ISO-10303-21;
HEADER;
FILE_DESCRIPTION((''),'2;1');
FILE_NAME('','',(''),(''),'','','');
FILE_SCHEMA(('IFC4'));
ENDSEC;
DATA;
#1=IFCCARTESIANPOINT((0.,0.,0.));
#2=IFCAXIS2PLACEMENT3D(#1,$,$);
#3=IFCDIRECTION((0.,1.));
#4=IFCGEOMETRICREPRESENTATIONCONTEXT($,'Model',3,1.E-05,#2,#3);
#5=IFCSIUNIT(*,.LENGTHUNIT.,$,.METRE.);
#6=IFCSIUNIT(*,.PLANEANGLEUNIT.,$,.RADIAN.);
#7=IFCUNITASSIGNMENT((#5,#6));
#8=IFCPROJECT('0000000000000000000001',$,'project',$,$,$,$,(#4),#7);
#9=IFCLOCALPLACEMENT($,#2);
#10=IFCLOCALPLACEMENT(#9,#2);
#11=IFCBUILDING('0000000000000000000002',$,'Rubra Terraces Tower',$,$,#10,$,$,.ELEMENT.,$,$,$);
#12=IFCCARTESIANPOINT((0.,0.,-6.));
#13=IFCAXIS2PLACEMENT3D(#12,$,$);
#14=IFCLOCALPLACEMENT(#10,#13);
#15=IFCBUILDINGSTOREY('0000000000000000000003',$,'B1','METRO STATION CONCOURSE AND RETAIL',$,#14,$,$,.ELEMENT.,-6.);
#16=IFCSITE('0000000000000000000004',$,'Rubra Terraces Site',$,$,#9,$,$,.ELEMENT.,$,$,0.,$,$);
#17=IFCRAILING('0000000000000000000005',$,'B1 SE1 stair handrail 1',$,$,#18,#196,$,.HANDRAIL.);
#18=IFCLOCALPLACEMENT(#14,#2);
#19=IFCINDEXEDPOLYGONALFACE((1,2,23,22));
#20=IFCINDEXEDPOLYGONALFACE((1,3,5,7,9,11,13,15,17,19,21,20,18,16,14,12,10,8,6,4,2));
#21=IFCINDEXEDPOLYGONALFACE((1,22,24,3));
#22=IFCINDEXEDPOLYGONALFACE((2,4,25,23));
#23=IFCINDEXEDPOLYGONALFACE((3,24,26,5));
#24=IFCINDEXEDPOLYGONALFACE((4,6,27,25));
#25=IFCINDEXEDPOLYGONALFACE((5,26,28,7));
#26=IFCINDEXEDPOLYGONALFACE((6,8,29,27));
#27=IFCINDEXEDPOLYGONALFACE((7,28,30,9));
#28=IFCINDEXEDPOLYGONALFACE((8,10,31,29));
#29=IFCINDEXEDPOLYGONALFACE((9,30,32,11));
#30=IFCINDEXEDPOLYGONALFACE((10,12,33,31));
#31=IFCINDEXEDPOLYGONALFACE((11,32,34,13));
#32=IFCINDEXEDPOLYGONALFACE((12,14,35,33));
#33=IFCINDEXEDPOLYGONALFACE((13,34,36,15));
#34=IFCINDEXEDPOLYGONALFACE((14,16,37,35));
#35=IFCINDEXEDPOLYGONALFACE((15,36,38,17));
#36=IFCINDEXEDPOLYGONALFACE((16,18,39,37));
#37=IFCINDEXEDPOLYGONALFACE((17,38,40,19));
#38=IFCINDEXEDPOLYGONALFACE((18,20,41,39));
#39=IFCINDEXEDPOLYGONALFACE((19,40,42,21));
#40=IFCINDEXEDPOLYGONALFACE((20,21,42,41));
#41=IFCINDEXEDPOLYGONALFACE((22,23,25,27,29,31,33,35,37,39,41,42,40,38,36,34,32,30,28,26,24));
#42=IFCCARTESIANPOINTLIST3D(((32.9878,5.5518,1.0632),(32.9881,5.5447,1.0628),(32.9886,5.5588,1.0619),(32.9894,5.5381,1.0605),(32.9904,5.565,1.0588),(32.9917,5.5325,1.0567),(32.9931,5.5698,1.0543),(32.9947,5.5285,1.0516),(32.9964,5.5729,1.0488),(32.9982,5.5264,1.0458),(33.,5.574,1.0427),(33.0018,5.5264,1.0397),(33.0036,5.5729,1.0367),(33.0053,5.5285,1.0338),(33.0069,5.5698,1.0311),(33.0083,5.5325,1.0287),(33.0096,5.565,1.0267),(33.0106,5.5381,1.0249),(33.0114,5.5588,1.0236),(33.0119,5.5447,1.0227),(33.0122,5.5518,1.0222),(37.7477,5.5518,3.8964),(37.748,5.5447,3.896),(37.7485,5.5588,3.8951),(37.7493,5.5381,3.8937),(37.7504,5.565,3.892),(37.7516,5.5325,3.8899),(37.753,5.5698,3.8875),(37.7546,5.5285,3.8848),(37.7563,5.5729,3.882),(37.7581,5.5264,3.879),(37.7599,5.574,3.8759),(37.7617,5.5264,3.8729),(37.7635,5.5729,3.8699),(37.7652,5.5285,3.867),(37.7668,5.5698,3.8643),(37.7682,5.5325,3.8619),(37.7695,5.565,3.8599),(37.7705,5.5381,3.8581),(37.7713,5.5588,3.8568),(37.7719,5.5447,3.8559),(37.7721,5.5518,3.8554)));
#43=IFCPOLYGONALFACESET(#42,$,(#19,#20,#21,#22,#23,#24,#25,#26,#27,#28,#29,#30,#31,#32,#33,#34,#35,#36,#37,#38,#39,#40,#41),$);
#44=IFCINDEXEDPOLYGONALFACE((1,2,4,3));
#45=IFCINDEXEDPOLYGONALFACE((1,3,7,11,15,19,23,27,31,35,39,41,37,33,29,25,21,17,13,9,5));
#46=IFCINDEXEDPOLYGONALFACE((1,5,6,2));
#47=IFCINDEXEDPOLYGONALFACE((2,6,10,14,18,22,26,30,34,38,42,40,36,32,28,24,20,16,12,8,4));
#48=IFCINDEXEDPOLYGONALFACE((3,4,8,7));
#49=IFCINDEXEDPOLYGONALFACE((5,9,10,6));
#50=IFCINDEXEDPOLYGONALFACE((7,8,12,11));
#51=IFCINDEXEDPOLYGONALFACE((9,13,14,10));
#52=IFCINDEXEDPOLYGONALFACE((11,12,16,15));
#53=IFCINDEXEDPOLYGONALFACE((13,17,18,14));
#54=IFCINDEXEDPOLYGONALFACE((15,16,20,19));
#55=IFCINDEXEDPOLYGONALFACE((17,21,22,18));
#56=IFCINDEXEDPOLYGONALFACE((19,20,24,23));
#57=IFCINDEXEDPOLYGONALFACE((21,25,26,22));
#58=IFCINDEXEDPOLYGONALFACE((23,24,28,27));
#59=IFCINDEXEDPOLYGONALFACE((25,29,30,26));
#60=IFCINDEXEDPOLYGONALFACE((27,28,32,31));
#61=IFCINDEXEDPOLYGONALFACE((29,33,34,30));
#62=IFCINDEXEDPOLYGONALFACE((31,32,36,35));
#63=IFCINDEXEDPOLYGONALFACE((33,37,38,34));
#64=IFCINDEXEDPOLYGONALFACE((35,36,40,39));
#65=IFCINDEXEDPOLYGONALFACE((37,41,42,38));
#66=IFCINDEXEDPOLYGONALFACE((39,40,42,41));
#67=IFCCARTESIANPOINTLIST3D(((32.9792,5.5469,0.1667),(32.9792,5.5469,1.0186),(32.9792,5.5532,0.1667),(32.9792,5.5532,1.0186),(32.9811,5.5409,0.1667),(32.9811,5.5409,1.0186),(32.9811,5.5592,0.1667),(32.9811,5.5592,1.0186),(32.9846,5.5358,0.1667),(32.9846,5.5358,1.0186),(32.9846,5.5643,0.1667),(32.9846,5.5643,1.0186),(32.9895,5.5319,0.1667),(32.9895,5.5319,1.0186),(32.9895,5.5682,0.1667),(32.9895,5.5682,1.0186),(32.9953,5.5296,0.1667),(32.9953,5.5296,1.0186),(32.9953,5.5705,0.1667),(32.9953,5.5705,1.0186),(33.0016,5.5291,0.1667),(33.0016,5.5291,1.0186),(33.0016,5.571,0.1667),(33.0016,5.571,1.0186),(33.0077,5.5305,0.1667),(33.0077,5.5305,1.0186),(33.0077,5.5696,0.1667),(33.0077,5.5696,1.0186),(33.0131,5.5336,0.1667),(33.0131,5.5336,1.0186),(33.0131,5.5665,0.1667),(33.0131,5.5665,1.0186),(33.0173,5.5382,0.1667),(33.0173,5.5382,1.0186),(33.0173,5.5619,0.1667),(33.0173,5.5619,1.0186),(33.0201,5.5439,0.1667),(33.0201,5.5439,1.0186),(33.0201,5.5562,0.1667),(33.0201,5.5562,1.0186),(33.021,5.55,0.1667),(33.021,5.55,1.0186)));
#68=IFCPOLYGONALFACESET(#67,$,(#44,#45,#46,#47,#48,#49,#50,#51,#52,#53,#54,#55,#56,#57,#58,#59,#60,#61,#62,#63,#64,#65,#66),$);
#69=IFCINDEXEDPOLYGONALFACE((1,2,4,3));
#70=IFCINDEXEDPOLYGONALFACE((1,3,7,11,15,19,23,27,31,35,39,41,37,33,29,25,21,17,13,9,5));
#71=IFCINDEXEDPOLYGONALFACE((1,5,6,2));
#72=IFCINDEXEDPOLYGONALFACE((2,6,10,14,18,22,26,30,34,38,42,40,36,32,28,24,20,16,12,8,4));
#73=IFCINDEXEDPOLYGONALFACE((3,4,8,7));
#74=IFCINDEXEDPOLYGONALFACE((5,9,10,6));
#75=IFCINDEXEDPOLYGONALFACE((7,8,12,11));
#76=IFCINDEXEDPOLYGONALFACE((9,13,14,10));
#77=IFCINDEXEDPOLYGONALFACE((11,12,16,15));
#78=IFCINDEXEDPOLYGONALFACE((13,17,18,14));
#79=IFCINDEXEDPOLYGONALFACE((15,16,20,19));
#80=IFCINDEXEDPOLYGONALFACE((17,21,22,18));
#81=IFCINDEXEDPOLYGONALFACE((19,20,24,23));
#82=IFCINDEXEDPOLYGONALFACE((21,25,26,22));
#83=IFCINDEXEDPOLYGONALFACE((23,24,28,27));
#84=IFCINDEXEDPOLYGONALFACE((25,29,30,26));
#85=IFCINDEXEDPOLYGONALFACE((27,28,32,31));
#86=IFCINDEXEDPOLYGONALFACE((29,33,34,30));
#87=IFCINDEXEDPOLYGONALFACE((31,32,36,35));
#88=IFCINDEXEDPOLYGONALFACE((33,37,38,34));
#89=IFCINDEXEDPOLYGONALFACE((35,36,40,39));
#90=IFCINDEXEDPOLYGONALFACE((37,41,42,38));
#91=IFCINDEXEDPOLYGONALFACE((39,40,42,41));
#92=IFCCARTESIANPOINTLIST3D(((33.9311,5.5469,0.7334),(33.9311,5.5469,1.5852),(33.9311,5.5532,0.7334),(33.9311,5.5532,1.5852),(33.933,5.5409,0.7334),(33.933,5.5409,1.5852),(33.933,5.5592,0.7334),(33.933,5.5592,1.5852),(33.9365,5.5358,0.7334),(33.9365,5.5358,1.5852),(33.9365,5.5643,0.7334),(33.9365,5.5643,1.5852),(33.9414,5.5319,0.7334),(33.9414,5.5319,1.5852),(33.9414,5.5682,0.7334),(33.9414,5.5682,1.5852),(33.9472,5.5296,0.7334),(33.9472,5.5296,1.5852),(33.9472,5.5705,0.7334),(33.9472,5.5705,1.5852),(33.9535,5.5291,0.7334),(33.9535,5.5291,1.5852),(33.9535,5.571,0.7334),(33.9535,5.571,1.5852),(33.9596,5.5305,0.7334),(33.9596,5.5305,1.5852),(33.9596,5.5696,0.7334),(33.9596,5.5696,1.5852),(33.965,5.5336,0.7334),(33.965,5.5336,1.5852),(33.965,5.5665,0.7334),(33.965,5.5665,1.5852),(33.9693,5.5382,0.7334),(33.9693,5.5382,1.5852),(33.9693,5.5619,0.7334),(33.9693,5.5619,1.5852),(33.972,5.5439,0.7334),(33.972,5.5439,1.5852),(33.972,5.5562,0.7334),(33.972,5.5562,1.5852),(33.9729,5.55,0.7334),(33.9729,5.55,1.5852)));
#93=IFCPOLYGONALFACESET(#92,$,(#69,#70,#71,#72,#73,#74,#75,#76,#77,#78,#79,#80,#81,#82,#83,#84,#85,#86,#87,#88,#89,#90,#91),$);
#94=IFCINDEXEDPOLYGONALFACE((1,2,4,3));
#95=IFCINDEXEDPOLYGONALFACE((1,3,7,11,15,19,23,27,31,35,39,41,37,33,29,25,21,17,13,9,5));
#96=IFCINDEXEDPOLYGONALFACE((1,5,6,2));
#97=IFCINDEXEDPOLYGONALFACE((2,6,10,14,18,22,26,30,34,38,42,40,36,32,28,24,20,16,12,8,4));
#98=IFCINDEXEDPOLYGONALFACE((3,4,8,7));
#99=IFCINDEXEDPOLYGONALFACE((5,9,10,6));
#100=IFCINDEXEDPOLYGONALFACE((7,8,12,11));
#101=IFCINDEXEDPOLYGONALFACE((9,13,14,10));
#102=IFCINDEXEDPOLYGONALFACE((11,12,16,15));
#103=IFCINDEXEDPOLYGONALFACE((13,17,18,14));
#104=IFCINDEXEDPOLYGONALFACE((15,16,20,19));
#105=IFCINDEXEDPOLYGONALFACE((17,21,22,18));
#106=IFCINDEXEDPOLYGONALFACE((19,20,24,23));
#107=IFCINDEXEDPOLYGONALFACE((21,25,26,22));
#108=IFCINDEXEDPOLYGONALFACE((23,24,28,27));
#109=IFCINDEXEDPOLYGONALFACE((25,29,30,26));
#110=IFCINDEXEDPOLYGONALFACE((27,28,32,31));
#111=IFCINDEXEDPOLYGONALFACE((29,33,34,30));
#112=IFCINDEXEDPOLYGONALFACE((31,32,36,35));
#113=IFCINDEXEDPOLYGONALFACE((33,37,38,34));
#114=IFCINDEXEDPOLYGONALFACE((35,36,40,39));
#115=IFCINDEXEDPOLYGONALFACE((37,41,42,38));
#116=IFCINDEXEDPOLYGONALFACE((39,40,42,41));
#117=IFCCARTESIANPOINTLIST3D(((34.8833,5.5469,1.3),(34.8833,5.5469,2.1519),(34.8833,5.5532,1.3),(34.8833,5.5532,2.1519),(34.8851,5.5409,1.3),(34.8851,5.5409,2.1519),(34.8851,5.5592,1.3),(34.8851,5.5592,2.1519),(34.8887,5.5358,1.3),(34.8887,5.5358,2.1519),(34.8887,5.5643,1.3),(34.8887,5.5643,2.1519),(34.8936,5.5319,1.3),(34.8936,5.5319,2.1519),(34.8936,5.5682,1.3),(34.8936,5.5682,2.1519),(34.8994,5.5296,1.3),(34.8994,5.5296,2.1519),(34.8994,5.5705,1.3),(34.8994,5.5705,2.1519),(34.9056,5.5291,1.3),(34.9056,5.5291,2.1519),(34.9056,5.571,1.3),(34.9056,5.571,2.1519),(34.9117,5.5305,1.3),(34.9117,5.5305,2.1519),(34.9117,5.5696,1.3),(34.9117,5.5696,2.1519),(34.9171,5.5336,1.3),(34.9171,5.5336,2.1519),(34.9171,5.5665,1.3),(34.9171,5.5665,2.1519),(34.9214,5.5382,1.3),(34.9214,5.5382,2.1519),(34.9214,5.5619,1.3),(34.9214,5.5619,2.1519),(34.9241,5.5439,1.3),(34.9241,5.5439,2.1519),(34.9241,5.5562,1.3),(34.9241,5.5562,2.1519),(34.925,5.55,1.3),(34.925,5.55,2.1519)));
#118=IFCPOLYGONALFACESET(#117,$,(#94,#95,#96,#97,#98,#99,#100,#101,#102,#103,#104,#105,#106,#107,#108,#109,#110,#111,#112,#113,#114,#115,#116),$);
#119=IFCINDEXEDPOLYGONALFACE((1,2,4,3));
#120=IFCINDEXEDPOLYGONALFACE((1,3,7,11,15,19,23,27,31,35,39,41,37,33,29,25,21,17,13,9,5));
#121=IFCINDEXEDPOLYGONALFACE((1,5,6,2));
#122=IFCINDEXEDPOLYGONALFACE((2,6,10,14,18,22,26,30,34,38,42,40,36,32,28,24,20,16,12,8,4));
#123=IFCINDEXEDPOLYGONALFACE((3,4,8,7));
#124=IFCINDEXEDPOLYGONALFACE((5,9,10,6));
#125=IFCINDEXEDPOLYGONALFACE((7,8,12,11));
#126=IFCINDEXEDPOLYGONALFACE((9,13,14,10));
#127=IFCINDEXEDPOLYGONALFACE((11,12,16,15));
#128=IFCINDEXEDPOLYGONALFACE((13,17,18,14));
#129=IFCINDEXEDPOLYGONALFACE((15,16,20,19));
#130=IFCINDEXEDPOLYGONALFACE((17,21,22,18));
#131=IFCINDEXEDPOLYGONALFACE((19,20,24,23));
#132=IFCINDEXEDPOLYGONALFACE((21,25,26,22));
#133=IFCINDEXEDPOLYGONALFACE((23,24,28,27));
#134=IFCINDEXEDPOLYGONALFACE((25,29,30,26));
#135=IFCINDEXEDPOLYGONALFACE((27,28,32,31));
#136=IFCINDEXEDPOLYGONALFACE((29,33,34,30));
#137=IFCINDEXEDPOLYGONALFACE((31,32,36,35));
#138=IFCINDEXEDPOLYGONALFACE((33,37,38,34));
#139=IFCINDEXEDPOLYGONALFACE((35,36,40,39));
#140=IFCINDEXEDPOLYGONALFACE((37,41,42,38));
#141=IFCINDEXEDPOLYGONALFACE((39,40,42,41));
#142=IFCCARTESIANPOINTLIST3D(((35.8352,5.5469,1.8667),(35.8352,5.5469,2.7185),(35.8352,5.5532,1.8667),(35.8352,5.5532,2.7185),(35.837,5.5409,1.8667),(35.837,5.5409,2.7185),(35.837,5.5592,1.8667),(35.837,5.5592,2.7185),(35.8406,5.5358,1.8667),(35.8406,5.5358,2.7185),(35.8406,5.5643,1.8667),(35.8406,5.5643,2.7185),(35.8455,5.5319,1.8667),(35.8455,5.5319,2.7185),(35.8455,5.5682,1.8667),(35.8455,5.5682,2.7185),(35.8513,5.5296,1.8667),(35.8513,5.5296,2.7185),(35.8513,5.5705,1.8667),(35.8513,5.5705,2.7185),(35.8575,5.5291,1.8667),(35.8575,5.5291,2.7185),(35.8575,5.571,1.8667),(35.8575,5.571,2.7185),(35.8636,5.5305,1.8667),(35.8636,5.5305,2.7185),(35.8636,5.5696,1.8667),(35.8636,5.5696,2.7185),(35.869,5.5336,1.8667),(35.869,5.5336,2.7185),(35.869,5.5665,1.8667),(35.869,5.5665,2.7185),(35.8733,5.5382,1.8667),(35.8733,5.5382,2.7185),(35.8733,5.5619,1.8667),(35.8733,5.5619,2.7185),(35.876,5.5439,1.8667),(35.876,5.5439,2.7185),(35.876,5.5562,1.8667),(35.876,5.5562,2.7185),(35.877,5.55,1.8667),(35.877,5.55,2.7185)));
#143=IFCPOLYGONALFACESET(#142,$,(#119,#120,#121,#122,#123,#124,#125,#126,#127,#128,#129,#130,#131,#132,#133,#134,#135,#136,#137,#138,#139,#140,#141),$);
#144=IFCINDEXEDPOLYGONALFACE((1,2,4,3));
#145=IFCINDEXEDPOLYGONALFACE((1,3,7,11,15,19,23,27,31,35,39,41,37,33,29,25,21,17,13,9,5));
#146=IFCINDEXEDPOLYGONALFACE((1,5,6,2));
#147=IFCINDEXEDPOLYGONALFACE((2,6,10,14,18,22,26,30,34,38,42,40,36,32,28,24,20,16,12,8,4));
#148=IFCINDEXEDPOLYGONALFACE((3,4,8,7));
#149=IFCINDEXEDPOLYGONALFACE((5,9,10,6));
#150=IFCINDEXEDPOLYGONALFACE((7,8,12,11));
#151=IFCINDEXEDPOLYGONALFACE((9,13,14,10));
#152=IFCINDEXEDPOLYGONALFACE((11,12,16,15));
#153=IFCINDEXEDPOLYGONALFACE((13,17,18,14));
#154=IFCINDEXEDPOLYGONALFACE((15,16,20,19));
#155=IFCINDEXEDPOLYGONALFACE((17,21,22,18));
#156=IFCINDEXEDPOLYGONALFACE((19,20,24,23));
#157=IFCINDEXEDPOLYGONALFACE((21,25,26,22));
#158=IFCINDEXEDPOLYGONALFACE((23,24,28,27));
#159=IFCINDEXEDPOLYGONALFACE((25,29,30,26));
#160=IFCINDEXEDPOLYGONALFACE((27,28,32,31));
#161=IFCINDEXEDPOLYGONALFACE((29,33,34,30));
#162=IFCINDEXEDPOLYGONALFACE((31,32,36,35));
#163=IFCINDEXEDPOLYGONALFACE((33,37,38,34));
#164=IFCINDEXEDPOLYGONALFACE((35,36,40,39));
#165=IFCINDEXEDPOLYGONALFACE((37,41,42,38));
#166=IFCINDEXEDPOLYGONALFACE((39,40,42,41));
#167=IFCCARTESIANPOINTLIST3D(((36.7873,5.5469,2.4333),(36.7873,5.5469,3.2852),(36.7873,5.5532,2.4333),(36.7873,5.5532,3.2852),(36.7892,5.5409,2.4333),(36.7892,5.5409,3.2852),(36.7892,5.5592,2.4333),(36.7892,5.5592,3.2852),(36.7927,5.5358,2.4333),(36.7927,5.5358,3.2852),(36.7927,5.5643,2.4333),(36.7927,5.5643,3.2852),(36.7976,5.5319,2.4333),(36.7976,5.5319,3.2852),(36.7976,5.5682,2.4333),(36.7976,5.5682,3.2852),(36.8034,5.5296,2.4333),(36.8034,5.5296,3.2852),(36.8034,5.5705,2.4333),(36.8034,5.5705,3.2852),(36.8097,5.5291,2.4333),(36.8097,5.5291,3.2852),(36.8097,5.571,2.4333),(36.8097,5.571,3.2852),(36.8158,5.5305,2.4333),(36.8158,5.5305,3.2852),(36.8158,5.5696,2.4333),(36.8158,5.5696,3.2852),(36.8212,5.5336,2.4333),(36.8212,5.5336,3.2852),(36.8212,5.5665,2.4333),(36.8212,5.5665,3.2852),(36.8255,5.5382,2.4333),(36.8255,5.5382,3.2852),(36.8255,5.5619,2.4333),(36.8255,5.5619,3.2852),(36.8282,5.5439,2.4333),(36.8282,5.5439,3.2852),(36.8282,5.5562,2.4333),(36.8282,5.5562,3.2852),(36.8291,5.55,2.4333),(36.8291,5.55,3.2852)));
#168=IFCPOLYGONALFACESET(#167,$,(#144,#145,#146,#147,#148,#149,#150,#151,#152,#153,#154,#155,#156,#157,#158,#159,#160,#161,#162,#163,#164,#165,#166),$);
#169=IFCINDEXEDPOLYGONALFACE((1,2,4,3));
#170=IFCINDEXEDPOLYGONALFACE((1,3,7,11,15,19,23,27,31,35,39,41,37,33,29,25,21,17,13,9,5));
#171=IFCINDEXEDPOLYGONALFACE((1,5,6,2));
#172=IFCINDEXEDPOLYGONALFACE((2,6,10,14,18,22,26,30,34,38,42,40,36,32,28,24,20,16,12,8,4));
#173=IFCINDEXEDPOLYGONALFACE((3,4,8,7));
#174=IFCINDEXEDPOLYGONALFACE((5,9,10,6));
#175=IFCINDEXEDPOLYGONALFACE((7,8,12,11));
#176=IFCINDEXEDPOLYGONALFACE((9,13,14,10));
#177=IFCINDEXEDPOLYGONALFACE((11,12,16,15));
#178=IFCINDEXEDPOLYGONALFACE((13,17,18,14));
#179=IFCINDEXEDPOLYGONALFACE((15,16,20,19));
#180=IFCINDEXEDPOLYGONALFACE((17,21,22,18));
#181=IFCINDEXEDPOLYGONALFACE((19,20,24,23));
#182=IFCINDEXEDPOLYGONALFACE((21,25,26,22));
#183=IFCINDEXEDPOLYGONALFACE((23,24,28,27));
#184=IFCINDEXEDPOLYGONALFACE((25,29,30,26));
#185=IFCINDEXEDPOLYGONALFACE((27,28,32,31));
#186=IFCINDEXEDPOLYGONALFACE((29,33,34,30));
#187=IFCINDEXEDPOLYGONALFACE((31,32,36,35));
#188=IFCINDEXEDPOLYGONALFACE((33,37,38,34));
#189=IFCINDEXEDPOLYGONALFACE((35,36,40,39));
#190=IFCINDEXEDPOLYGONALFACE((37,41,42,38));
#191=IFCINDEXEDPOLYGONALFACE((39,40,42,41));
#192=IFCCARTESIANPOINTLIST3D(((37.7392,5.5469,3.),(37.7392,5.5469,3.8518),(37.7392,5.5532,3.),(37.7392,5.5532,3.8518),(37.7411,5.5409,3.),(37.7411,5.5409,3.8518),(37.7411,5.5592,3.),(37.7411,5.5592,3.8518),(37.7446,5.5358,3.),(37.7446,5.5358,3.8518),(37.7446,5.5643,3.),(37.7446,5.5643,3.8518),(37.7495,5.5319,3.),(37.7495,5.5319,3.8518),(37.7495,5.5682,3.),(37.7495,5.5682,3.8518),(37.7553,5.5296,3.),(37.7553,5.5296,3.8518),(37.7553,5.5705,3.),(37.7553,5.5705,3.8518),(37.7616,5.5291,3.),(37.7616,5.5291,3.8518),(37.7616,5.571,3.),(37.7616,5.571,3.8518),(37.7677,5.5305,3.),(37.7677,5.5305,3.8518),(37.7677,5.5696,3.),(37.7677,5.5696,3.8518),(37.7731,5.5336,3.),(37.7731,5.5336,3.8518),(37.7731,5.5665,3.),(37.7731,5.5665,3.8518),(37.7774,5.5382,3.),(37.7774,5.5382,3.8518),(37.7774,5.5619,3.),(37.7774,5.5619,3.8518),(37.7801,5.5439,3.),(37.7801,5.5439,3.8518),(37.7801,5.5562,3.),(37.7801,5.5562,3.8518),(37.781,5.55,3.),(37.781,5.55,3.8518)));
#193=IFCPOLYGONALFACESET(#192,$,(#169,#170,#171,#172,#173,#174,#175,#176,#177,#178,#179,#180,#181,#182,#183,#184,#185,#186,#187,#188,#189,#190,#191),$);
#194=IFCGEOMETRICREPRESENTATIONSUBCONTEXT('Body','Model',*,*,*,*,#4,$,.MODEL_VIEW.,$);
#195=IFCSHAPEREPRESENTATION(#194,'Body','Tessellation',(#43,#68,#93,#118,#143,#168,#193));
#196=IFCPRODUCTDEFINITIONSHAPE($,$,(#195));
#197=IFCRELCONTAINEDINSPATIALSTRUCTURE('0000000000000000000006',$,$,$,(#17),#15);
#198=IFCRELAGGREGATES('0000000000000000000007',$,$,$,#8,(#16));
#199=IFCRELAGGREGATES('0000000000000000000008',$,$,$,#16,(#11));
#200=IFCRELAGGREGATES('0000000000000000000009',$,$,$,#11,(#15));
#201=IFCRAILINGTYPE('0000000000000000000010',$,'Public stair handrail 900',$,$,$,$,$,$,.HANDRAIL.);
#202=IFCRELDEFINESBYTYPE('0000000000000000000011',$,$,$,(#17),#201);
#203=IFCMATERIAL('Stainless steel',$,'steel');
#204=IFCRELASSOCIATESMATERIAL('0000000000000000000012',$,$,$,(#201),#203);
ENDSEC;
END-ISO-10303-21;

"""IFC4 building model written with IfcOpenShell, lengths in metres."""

from ifc_helpers import new_model, si_unit, direction, frame, origin, origin_2d, place, context, subcontext, project, spatial, circle, extrude, material, type_object, element, save


model = new_model("IFC4")

# Units and contexts
model_context = context("Model", 3, precision=1e-05, world=origin(), true_north=direction((0.0, 1.0)))
body_context = subcontext(model_context, "Body", "Model", "MODEL_VIEW")
ifc_project = project(units=[si_unit("LENGTHUNIT", "METRE"), si_unit("PLANEANGLEUNIT", "RADIAN")], contexts=[model_context])

# Site, building, storey
site_placement = place(None, origin())
site = spatial("IfcSite", under=ifc_project, at=site_placement, Name="Rubra Terraces Site", CompositionType="ELEMENT", RefElevation=0.0)
building_placement = place(site_placement, origin())
building = spatial("IfcBuilding", under=site, at=building_placement, Name="Rubra Terraces Tower", CompositionType="ELEMENT")
storey_placement = place(building_placement, frame((0.0, 0.0, -6.0)))
storey = spatial("IfcBuildingStorey", under=building, at=storey_placement, Name="B1", Description="METRO STATION CONCOURSE AND RETAIL", CompositionType="ELEMENT", Elevation=-6.0)

# Railing
ifc_material_1 = material(Name="Stainless steel", Category="steel")
railing_type_1 = type_object("IfcRailingType", Name="Public stair handrail 900", PredefinedType="HANDRAIL", material=ifc_material_1)
railing_1_placement = place(storey_placement, frame((33.0, 5.55, 0.1667)))
element("IfcRailing", 1, at=railing_1_placement, inside=storey, type_object=railing_type_1, Name="B1 SE1 stair handrail 1", PredefinedType="HANDRAIL", context=body_context, shape_type="SweptSolid", body=[
    extrude(circle(Radius=0.0239, at=origin_2d()), frame((0.0, 0.0, 0.876), z_axis=(0.8593, 0.0, 0.511472), x_axis=(0.0, 1.0, 0.0)), (0.0, 0.0, 1.0), 5.5393),
    extrude(circle(Radius=0.021, at=origin_2d()), origin(), (0.0, 0.0, 1.0), 0.8518),
    extrude(circle(Radius=0.021, at=origin_2d()), frame((0.9519, 0.0, 0.5667)), (0.0, 0.0, 1.0), 0.8518),
    extrude(circle(Radius=0.021, at=origin_2d()), frame((1.9041, 0.0, 1.1333)), (0.0, 0.0, 1.0), 0.8518),
    extrude(circle(Radius=0.021, at=origin_2d()), frame((2.856, 0.0, 1.7)), (0.0, 0.0, 1.0), 0.8518),
    extrude(circle(Radius=0.021, at=origin_2d()), frame((3.8081, 0.0, 2.2666)), (0.0, 0.0, 1.0), 0.8518),
    extrude(circle(Radius=0.021, at=origin_2d()), frame((4.76, 0.0, 2.8333)), (0.0, 0.0, 1.0), 0.8518),
])

save(model, "model.ifc")
